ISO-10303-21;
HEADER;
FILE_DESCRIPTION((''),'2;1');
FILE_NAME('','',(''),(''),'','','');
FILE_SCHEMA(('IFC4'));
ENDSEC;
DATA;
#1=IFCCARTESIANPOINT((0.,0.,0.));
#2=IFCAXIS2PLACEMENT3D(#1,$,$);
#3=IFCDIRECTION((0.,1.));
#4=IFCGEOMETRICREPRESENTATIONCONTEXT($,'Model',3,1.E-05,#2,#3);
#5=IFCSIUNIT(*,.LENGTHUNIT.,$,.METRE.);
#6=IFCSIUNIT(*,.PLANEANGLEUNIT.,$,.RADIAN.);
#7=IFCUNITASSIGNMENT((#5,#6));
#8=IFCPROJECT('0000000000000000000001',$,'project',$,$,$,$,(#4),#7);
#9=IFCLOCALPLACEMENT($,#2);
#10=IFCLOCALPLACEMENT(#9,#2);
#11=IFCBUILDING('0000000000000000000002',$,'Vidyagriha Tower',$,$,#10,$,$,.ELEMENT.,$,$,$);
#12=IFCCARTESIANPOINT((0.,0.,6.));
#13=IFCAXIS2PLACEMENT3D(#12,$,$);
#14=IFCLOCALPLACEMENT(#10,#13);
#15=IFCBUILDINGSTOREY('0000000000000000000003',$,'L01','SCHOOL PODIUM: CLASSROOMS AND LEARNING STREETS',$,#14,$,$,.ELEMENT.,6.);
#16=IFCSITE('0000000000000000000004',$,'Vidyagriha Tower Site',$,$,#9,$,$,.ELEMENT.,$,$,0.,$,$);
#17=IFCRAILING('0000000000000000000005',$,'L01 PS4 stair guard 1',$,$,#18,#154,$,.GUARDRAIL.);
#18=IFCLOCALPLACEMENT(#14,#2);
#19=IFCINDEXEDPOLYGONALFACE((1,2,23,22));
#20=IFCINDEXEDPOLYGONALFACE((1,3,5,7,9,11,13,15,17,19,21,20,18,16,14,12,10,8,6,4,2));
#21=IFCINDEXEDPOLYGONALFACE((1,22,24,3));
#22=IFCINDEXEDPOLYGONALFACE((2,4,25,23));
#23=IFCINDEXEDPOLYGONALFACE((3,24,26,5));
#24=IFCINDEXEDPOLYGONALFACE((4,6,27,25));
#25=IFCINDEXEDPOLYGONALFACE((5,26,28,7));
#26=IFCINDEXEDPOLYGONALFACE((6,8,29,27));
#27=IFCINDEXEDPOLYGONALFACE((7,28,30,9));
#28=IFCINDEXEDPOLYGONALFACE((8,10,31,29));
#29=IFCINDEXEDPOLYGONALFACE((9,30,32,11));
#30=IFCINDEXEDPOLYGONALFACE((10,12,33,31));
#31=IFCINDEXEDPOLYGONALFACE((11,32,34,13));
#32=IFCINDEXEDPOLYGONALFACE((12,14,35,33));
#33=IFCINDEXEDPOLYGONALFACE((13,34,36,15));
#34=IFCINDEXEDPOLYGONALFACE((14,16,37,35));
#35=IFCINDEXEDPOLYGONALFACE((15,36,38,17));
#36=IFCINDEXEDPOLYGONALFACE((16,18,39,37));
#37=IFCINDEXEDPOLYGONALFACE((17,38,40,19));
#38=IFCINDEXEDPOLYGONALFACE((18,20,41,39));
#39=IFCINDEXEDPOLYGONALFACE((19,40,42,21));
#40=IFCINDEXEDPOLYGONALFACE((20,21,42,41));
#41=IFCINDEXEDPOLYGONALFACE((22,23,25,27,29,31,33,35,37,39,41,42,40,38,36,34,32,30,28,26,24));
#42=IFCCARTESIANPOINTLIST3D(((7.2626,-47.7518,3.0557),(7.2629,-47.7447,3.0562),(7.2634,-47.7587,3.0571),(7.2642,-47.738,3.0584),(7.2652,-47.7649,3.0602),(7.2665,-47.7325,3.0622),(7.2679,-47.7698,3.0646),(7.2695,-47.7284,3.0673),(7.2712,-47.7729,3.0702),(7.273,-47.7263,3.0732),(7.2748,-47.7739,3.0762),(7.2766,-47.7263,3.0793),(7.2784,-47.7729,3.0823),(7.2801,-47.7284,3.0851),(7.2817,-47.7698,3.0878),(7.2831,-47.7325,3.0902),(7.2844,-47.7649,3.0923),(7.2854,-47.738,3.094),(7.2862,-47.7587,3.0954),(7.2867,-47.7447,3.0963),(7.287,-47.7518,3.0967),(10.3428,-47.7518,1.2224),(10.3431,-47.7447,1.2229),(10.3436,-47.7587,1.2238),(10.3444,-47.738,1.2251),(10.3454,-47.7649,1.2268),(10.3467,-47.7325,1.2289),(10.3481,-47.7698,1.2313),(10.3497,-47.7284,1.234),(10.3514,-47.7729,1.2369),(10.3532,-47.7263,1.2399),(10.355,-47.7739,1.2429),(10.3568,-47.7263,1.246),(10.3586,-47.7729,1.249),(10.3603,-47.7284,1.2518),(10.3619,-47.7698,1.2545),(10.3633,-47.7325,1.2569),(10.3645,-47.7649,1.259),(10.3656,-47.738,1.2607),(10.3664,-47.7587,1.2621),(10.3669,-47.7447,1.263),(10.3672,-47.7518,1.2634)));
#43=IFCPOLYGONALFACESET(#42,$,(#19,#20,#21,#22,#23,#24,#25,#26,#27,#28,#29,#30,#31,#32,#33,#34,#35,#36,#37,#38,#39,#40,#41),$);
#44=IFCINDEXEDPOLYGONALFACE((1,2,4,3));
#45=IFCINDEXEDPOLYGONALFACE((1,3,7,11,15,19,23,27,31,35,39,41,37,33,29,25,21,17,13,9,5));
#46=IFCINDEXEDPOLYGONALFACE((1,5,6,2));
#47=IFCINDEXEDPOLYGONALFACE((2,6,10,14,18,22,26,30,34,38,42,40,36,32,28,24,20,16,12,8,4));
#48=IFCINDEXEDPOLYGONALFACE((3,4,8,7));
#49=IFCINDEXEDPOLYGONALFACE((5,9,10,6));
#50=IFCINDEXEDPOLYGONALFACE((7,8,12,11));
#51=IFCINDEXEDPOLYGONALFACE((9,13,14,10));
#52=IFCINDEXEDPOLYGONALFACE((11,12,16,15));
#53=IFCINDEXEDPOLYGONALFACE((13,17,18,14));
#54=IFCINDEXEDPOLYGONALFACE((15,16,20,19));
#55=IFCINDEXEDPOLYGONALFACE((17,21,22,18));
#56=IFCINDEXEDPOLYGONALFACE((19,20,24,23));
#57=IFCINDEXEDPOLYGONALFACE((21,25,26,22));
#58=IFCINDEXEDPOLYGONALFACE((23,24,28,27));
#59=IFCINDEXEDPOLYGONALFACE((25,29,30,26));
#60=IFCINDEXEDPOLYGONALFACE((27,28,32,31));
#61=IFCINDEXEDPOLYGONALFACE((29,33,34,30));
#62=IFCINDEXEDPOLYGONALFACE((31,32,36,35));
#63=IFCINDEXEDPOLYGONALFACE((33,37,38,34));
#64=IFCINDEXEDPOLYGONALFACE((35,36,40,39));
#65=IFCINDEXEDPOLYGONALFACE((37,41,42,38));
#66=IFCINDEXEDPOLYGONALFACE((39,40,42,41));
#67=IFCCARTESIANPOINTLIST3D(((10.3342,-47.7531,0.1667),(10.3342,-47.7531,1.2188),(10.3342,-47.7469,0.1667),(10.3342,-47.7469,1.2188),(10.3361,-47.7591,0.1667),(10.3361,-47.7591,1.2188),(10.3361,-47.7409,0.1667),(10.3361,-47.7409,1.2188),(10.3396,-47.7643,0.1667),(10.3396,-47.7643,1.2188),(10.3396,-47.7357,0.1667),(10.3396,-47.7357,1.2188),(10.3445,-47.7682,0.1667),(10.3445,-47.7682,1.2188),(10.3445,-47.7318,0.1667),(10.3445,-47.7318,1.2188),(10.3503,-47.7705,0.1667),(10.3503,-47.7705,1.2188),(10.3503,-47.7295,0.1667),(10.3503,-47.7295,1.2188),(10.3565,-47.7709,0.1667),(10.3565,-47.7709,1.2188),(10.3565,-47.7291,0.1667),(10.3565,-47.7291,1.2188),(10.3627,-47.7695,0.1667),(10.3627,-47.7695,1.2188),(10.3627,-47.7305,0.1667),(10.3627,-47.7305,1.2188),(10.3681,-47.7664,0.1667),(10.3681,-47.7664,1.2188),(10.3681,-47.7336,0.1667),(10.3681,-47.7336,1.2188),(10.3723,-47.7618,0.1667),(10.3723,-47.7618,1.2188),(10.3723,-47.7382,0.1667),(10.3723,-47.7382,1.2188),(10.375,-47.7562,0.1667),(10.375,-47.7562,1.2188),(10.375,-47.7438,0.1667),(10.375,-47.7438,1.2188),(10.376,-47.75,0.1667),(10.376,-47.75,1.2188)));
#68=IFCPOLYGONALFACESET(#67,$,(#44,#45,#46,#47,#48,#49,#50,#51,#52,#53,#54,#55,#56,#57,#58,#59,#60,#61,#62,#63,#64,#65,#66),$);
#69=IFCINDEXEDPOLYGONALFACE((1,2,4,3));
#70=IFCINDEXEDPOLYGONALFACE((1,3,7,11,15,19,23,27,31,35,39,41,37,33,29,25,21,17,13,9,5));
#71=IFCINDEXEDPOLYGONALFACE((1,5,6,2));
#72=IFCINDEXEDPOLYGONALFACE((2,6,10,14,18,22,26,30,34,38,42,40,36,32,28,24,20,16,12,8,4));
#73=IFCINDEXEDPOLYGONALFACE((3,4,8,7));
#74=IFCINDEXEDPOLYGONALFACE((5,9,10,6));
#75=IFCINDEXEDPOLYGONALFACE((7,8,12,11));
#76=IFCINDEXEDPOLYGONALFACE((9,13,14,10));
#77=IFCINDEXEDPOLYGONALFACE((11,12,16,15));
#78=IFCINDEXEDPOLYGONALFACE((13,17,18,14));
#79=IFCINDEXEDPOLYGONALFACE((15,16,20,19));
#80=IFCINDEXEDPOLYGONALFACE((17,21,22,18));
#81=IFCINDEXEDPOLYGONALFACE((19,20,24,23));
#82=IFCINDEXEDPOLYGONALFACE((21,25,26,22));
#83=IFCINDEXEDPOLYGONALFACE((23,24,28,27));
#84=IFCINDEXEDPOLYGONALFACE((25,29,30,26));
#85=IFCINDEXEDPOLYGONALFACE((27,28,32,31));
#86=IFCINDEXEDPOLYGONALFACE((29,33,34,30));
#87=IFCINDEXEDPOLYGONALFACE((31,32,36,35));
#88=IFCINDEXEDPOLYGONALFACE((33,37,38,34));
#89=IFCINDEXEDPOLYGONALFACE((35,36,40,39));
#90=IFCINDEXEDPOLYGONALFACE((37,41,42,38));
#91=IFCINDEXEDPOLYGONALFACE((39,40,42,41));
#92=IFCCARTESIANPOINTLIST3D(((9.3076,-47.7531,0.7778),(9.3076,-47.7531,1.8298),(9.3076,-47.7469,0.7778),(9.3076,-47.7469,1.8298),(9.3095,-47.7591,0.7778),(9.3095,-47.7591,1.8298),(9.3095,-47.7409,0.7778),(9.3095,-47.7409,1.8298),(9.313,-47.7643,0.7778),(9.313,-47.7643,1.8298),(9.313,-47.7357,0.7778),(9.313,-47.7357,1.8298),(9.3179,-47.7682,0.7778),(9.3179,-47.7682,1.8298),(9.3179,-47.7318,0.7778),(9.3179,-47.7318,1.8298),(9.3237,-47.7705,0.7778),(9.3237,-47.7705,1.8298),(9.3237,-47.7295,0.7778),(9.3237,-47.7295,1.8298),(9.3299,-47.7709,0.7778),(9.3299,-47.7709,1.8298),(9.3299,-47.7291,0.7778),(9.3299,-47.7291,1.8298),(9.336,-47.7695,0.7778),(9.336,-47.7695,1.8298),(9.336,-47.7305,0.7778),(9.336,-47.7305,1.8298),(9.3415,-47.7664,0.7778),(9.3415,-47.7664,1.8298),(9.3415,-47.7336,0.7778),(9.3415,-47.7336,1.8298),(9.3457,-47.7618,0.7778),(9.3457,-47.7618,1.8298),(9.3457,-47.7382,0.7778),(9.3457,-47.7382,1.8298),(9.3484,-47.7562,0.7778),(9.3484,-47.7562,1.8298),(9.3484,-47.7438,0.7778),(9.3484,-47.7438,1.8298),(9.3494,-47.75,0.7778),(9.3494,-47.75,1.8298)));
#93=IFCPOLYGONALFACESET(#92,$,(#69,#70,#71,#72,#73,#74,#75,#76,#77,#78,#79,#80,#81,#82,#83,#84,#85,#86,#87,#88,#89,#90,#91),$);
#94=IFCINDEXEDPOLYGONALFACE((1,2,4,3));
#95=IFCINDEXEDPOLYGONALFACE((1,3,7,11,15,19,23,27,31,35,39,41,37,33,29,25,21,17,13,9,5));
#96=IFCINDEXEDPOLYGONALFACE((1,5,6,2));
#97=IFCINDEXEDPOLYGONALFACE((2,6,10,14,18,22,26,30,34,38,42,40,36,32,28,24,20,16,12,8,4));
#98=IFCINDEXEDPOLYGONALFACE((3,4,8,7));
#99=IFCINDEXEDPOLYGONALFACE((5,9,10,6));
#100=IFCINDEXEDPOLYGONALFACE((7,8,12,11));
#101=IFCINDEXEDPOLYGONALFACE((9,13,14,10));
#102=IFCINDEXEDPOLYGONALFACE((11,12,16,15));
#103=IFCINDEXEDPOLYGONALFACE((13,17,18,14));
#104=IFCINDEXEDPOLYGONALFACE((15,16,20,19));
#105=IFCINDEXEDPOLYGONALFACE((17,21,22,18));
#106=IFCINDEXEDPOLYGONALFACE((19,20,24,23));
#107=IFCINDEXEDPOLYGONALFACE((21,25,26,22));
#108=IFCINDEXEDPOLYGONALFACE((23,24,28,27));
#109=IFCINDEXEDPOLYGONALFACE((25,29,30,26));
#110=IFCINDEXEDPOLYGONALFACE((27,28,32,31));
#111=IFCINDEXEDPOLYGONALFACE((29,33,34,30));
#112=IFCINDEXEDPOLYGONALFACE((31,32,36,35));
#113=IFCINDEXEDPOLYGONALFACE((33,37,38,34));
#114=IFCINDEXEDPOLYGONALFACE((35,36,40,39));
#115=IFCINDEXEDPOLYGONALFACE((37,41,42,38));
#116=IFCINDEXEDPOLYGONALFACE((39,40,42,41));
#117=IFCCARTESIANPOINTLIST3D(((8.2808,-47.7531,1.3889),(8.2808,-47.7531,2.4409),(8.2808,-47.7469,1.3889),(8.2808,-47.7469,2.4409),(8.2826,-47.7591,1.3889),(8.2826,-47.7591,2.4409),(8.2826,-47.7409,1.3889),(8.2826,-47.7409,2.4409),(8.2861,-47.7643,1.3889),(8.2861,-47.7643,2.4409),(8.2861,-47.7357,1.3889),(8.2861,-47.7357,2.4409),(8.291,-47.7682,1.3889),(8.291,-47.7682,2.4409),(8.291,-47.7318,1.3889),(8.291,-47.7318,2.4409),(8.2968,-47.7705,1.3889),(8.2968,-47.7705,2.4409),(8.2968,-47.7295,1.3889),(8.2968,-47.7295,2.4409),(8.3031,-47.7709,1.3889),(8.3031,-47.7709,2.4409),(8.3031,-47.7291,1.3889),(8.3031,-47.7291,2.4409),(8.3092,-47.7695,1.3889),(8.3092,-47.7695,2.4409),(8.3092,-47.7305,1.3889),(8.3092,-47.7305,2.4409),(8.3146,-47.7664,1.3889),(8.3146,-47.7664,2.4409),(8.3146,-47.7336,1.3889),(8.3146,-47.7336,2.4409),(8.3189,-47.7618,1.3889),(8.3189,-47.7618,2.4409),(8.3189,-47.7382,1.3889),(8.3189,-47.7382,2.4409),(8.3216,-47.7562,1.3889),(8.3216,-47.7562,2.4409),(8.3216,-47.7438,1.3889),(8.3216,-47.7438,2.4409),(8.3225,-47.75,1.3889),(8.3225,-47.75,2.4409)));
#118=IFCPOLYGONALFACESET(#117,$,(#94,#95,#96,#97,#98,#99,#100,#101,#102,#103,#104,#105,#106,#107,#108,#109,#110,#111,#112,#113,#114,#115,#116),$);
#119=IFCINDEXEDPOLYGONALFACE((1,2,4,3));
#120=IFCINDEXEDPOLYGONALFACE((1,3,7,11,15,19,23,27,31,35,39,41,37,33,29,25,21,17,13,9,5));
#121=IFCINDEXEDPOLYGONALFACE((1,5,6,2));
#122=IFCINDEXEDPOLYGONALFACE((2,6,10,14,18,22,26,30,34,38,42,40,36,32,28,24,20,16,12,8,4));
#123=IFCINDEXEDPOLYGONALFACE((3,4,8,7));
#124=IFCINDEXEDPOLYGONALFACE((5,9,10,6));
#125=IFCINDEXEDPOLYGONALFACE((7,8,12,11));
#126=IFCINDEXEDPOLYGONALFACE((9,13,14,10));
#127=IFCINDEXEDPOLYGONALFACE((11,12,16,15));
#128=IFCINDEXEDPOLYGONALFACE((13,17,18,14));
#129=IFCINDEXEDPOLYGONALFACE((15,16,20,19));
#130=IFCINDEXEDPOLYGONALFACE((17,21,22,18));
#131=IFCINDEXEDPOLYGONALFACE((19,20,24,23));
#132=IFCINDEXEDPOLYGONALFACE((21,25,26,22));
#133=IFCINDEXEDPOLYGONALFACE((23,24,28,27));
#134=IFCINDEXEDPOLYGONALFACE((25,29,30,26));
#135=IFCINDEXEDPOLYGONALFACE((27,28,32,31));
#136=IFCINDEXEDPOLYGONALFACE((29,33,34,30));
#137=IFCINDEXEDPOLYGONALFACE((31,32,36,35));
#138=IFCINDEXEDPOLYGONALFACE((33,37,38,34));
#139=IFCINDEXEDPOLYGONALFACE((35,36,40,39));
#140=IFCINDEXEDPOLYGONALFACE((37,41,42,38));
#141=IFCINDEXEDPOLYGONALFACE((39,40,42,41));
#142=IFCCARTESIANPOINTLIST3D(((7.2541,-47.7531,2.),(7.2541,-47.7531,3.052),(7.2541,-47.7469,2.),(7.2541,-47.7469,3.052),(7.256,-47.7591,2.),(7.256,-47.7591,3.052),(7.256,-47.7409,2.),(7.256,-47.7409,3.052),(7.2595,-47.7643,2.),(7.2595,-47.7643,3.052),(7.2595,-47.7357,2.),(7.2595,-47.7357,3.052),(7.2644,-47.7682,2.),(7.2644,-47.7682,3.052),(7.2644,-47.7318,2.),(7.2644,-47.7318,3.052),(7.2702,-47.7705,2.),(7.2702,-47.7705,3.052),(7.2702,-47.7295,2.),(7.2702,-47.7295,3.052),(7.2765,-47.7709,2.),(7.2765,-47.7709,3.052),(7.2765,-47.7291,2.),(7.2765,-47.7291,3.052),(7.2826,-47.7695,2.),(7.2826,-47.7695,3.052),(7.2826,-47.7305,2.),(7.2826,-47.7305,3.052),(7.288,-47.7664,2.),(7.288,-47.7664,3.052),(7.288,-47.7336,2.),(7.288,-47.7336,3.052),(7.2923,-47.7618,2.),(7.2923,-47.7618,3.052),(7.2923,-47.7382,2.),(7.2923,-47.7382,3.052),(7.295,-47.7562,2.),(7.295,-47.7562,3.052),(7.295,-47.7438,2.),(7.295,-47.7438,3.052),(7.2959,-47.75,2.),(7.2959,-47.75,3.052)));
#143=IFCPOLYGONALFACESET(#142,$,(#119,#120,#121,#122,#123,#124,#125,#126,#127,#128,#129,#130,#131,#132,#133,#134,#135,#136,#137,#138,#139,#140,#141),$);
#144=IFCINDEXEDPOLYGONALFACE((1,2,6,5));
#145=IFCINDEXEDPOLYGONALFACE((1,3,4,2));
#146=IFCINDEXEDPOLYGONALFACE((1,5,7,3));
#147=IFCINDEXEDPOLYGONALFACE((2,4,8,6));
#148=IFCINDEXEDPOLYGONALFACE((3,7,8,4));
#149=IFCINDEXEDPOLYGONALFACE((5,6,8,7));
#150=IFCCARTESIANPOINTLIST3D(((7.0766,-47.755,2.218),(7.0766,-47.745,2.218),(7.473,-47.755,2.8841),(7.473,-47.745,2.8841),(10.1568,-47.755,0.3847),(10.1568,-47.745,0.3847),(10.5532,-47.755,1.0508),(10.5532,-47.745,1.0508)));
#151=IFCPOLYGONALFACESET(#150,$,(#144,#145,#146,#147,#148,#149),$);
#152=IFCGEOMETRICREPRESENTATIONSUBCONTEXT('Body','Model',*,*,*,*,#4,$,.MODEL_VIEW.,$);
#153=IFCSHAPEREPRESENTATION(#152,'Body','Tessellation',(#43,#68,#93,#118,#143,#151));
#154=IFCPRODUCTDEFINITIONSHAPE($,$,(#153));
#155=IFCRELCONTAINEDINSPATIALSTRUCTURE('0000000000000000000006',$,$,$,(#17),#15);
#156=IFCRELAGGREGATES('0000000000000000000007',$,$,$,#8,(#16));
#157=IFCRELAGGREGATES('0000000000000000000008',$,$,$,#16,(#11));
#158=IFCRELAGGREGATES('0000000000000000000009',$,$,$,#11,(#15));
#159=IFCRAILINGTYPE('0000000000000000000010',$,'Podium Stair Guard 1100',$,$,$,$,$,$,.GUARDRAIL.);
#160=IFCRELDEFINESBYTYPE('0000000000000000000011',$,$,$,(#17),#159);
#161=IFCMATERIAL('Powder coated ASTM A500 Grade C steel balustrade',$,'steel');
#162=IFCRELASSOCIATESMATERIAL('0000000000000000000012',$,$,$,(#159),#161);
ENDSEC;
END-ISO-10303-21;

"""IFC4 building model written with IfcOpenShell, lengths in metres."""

from ifc_helpers import new_model, si_unit, direction, frame, origin, origin_2d, place, context, subcontext, project, spatial, rectangle, circle, extrude, material, type_object, element, save


model = new_model("IFC4")

# Units and contexts
model_context = context("Model", 3, precision=1e-05, world=origin(), true_north=direction((0.0, 1.0)))
body_context = subcontext(model_context, "Body", "Model", "MODEL_VIEW")
ifc_project = project(units=[si_unit("LENGTHUNIT", "METRE"), si_unit("PLANEANGLEUNIT", "RADIAN")], contexts=[model_context])

# Site, building, storey
site_placement = place(None, origin())
site = spatial("IfcSite", under=ifc_project, at=site_placement, Name="Vidyagriha Tower Site", CompositionType="ELEMENT", RefElevation=0.0)
building_placement = place(site_placement, origin())
building = spatial("IfcBuilding", under=site, at=building_placement, Name="Vidyagriha Tower", CompositionType="ELEMENT")
storey_placement = place(building_placement, frame((0.0, 0.0, 6.0)))
storey = spatial("IfcBuildingStorey", under=building, at=storey_placement, Name="L01", Description="SCHOOL PODIUM: CLASSROOMS AND LEARNING STREETS", CompositionType="ELEMENT", Elevation=6.0)

# Railing
ifc_material_1 = material(Name="Powder coated ASTM A500 Grade C steel balustrade", Category="steel")
railing_type_1 = type_object("IfcRailingType", Name="Podium Stair Guard 1100", PredefinedType="GUARDRAIL", material=ifc_material_1)
railing_1_placement = place(storey_placement, frame((10.355, -47.75, 0.1667)))
element("IfcRailing", 1, at=railing_1_placement, inside=storey, type_object=railing_type_1, Name="L01 PS4 stair guard 1", PredefinedType="GUARDRAIL", context=body_context, shape_type="SweptSolid", body=[
    extrude(circle(Radius=0.0239, at=origin_2d()), frame((0.0, 0.0, 1.0762), z_axis=(-0.859309, 0.0, 0.511458), x_axis=(0.0, -1.0, 0.0)), (0.0, 0.0, 1.0), 3.5845),
    extrude(circle(Radius=0.021, at=origin_2d()), origin(), (0.0, 0.0, 1.0), 1.052),
    extrude(circle(Radius=0.021, at=origin_2d()), frame((-1.0266, 0.0, 0.6111)), (0.0, 0.0, 1.0), 1.052),
    extrude(circle(Radius=0.021, at=origin_2d()), frame((-2.0535, 0.0, 1.2222)), (0.0, 0.0, 1.0), 1.052),
    extrude(circle(Radius=0.021, at=origin_2d()), frame((-3.0801, 0.0, 1.8333)), (0.0, 0.0, 1.0), 1.052),
    extrude(rectangle(XDim=0.01, YDim=0.7751, at=origin_2d()), frame((0.0, 0.0, 0.551), z_axis=(-0.859309, 0.0, 0.511458), x_axis=(0.0, -1.0, 0.0)), (0.0, 0.0, 1.0), 3.5845),
])

save(model, "model.ifc")
